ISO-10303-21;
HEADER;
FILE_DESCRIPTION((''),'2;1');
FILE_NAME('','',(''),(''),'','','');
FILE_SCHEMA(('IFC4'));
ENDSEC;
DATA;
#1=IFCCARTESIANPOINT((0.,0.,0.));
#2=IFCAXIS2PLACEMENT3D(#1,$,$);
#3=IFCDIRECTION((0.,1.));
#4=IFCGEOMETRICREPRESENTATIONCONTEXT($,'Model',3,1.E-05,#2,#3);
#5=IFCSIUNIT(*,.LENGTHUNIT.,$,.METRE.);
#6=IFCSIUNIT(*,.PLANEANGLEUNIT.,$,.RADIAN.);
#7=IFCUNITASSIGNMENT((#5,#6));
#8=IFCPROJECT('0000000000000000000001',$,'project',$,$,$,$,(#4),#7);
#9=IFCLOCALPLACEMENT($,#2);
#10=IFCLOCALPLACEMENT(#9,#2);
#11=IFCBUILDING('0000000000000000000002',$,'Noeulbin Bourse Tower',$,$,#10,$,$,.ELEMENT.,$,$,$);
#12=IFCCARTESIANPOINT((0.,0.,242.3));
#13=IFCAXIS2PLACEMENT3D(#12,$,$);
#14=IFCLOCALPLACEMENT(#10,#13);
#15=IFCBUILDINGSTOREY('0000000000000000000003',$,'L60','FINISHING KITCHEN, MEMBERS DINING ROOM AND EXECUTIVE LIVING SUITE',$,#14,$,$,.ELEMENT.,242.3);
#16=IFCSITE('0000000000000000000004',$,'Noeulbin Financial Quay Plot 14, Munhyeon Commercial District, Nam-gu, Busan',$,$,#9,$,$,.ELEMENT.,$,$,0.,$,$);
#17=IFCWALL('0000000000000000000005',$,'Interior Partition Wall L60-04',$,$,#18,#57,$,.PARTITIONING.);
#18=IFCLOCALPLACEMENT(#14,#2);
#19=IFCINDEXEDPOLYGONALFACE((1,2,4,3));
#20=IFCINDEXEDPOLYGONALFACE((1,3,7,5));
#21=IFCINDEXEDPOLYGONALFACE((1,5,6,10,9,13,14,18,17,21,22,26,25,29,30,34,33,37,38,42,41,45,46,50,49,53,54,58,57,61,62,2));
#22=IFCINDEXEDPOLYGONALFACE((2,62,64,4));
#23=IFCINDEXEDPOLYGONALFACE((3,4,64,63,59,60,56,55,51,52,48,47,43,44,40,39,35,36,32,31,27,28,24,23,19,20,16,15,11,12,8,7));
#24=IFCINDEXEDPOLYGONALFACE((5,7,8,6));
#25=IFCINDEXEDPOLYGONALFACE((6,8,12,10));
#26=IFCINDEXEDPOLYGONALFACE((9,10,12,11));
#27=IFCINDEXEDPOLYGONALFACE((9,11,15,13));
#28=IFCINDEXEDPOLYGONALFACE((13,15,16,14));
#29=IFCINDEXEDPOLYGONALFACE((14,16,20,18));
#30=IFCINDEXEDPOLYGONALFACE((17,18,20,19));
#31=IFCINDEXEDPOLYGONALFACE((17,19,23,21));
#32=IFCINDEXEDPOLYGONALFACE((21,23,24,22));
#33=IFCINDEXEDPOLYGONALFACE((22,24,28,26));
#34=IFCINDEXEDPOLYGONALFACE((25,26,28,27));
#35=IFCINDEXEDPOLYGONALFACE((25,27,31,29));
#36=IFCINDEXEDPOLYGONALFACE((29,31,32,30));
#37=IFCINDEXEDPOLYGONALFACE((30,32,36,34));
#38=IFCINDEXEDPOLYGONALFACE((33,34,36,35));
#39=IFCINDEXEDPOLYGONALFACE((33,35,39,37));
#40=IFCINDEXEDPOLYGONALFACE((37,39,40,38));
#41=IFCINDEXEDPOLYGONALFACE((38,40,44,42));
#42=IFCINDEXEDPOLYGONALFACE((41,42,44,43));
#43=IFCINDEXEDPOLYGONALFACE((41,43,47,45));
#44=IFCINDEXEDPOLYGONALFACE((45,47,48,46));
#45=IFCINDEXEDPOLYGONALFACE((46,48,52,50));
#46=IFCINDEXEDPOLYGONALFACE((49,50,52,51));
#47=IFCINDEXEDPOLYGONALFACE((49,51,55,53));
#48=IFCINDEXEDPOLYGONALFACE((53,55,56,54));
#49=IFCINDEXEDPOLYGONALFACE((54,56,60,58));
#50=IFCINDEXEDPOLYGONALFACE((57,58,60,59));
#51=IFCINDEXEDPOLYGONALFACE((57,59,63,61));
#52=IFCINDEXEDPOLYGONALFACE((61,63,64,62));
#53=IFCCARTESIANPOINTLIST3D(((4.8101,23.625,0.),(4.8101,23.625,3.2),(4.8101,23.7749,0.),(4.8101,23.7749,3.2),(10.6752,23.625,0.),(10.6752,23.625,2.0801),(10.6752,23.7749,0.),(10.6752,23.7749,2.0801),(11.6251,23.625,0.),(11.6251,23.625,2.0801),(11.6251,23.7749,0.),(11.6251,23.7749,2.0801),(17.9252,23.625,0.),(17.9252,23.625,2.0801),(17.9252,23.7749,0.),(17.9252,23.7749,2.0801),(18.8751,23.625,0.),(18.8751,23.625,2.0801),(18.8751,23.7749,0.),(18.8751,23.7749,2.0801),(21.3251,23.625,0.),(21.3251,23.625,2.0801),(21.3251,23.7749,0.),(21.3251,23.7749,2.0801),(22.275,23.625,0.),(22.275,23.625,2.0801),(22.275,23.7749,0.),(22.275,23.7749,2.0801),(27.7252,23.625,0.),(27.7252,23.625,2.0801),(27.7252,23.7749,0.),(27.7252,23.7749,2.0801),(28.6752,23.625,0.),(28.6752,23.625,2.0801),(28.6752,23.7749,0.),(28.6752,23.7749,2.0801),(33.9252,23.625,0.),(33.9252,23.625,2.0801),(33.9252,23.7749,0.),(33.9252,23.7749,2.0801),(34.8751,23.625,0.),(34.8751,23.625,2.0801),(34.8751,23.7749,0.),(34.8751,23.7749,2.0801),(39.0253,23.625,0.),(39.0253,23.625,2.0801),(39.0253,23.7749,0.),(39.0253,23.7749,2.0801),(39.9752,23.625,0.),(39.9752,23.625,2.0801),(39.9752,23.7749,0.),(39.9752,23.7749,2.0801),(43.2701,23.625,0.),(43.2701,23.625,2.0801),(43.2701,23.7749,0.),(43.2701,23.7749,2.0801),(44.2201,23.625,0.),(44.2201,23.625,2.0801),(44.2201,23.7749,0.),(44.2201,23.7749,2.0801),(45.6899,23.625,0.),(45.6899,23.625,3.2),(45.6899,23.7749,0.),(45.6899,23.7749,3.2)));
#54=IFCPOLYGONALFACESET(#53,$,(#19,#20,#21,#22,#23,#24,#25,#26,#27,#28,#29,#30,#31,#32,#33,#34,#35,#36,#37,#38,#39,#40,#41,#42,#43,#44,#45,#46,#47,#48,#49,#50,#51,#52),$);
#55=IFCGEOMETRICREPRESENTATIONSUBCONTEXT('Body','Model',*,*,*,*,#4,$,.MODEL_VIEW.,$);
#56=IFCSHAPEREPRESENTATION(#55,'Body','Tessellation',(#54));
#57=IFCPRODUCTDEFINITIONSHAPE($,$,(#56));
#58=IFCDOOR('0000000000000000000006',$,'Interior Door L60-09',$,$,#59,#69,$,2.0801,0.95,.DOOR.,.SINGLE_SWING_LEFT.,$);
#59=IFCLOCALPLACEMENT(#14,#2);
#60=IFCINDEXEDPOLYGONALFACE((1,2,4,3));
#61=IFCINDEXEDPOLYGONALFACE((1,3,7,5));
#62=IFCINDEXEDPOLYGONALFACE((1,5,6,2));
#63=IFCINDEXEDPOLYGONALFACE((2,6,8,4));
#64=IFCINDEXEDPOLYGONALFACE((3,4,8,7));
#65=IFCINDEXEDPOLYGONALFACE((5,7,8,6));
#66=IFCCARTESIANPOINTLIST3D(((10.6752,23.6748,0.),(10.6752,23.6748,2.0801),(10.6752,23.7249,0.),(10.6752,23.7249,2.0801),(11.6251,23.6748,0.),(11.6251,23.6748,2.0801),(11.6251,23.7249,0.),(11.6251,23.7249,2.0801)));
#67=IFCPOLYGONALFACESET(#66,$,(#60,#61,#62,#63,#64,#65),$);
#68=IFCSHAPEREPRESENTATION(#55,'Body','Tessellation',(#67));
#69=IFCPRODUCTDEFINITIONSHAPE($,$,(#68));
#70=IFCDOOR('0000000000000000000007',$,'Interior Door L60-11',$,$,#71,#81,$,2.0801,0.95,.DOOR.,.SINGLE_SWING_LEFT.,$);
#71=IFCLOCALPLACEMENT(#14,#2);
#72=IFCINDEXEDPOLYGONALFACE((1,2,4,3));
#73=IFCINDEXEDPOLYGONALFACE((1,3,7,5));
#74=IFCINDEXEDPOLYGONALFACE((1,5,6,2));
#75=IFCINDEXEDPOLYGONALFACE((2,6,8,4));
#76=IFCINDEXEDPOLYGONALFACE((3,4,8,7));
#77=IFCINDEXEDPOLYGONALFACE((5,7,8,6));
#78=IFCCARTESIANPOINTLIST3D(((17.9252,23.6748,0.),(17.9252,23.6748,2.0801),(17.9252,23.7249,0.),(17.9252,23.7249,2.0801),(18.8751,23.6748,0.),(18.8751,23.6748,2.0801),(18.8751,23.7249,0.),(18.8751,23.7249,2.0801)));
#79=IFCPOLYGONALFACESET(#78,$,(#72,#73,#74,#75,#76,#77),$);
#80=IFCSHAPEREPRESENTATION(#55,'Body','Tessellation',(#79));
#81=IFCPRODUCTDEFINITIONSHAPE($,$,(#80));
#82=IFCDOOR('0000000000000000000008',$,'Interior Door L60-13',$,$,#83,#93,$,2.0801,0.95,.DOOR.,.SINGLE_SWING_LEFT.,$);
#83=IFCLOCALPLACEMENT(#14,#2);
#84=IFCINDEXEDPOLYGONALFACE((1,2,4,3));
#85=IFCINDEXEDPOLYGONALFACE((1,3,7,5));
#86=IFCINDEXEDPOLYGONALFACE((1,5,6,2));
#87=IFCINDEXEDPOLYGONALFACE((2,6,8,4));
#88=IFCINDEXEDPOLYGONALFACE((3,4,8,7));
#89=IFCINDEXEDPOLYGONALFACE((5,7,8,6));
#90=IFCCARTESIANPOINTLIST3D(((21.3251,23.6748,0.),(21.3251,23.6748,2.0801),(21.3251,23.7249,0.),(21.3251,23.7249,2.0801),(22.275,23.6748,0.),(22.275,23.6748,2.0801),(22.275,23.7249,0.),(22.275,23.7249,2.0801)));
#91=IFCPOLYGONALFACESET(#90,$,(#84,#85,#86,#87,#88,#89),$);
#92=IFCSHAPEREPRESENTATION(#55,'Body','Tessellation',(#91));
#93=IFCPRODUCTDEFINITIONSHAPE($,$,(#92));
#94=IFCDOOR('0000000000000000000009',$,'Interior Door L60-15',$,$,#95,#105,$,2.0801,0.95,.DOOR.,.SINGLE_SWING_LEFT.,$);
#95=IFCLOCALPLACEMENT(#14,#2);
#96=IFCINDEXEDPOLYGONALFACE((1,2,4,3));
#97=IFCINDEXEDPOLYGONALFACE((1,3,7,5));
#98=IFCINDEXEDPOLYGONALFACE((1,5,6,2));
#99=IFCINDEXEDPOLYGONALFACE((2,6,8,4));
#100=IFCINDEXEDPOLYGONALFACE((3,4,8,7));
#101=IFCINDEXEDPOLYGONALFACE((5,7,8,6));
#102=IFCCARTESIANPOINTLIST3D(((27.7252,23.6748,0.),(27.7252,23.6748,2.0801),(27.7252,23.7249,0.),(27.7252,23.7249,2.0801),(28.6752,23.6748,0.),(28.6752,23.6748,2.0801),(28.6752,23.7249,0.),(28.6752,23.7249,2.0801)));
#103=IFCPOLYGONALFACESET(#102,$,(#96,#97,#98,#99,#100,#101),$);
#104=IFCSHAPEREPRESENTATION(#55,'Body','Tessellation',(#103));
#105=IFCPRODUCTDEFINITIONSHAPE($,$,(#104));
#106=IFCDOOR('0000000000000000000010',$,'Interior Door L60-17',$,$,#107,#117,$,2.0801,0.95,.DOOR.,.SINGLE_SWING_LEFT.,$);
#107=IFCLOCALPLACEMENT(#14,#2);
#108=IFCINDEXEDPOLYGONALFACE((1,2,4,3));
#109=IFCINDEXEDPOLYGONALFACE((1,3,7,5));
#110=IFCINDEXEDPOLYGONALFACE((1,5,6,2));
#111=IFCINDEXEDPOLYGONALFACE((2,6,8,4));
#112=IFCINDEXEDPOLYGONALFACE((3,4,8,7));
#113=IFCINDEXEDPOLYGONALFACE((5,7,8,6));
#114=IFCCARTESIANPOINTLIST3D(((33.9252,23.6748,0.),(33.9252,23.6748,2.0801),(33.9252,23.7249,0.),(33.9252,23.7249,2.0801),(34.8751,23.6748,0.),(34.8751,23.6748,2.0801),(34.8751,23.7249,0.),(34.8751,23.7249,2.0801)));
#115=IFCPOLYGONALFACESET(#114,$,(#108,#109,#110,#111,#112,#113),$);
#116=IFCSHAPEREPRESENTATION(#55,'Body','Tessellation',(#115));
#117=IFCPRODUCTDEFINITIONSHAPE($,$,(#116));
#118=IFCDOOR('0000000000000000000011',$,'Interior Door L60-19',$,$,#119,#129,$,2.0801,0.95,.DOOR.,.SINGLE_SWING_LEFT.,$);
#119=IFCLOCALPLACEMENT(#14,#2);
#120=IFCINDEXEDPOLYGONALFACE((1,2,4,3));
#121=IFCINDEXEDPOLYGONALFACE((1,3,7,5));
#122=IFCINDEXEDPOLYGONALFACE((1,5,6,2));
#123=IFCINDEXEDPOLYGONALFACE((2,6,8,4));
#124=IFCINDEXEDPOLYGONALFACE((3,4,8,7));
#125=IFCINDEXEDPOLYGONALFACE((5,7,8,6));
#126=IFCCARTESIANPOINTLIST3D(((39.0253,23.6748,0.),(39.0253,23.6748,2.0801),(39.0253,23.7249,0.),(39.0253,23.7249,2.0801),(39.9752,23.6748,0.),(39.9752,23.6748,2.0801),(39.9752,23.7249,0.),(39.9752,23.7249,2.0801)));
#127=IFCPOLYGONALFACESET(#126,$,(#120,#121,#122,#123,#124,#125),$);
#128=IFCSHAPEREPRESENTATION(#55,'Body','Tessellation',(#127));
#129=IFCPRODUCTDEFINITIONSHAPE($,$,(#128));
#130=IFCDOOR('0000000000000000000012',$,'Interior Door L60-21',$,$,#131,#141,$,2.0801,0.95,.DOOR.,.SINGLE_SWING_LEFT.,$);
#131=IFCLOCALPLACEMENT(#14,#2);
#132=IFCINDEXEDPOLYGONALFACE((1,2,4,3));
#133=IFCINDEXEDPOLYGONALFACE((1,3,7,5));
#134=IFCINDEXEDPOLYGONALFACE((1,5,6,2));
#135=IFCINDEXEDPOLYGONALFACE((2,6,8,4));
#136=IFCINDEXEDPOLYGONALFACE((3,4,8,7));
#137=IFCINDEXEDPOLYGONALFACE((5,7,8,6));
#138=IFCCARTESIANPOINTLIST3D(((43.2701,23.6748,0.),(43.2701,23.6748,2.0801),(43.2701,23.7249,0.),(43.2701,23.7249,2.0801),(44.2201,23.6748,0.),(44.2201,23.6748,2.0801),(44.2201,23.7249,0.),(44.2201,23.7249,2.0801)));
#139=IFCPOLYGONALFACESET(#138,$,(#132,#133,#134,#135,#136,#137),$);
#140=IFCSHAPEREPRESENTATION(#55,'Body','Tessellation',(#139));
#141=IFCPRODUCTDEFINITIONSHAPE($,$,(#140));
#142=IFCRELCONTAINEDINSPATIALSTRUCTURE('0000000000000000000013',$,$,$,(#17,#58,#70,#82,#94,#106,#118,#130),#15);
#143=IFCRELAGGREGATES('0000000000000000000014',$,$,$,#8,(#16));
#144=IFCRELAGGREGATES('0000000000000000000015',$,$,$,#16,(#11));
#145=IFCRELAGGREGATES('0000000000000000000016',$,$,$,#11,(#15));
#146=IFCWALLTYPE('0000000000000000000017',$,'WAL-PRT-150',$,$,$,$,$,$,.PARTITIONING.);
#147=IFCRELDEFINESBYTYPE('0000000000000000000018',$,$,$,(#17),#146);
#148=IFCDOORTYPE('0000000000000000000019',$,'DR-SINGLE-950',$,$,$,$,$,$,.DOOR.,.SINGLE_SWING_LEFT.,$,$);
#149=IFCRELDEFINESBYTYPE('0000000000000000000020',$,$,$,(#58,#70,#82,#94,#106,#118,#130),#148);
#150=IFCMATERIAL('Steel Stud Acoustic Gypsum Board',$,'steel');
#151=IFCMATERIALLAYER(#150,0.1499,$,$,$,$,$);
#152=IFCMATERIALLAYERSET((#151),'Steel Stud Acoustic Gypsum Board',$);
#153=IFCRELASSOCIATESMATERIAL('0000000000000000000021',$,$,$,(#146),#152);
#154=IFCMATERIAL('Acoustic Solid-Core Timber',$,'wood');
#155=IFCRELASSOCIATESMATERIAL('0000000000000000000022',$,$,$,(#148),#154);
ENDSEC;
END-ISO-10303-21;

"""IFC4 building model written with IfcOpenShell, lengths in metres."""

from ifc_helpers import new_model, si_unit, direction, frame, frame_2d, origin, place, context, subcontext, project, spatial, rectangle, extrude, material, layer, layer_set, type_object, element, fill, save


model = new_model("IFC4")

# Units and contexts
model_context = context("Model", 3, precision=1e-05, world=origin(), true_north=direction((0.0, 1.0)))
body_context = subcontext(model_context, "Body", "Model", "MODEL_VIEW")
ifc_project = project(units=[si_unit("LENGTHUNIT", "METRE"), si_unit("PLANEANGLEUNIT", "RADIAN")], contexts=[model_context])

# Site, building, storey
site_placement = place(None, origin())
site = spatial("IfcSite", under=ifc_project, at=site_placement, Name="Noeulbin Financial Quay Plot 14, Munhyeon Commercial District, Nam-gu, Busan", CompositionType="ELEMENT", RefElevation=0.0)
building_placement = place(site_placement, origin())
building = spatial("IfcBuilding", under=site, at=building_placement, Name="Noeulbin Bourse Tower", CompositionType="ELEMENT")
storey_placement = place(building_placement, frame((0.0, 0.0, 242.3)))
storey = spatial("IfcBuildingStorey", under=building, at=storey_placement, Name="L60", Description="FINISHING KITCHEN, MEMBERS DINING ROOM AND EXECUTIVE LIVING SUITE", CompositionType="ELEMENT", Elevation=242.3)

# Wall, openings, doors
ifc_material_1 = material(Name="Steel Stud Acoustic Gypsum Board", Category="steel")
ifc_layer_1 = layer(ifc_material_1, 0.1499)
ifc_layer_set_1 = layer_set([ifc_layer_1], Name="Steel Stud Acoustic Gypsum Board")
wall_type = type_object("IfcWallType", Name="WAL-PRT-150", PredefinedType="PARTITIONING", material=ifc_layer_set_1)
wall_placement = place(storey_placement, frame((4.8101, 23.7, 0.0), z_axis=(0.0, 0.0, 1.0), x_axis=(1.0, 0.0, 0.0)))
wall = element("IfcWall", 1, at=wall_placement, inside=storey, type_object=wall_type, Name="Interior Partition Wall L60-04", PredefinedType="PARTITIONING", context=body_context, shape_type="SweptSolid", body=[
    extrude(rectangle(XDim=40.8799, YDim=0.1499, at=frame_2d((20.4399, 0.0))), origin(), (0.0, 0.0, 1.0), 3.2),
])
opening_1_placement = place(wall_placement, frame((5.865, 0.0, 0.0)))
opening_1 = element("IfcOpeningElement", 2, at=opening_1_placement, cuts=wall, PredefinedType="OPENING", context=body_context, shape_type="SweptSolid", body=[
    extrude(rectangle(XDim=0.95, YDim=2.0801, at=frame_2d((0.4751, 1.04))), frame((0.0, 0.085, 0.0), z_axis=(0.0, -1.0, 0.0), x_axis=(1.0, 0.0, 0.0)), (0.0, 0.0, 1.0), 0.1699),
])
opening_2_placement = place(wall_placement, frame((13.115, 0.0, 0.0)))
opening_2 = element("IfcOpeningElement", 3, at=opening_2_placement, cuts=wall, PredefinedType="OPENING", context=body_context, shape_type="SweptSolid", body=[
    extrude(rectangle(XDim=0.95, YDim=2.0801, at=frame_2d((0.4751, 1.04))), frame((0.0, 0.085, 0.0), z_axis=(0.0, -1.0, 0.0), x_axis=(1.0, 0.0, 0.0)), (0.0, 0.0, 1.0), 0.1699),
])
opening_3_placement = place(wall_placement, frame((16.5149, 0.0, 0.0)))
opening_3 = element("IfcOpeningElement", 4, at=opening_3_placement, cuts=wall, PredefinedType="OPENING", context=body_context, shape_type="SweptSolid", body=[
    extrude(rectangle(XDim=0.95, YDim=2.0801, at=frame_2d((0.4751, 1.04))), frame((0.0, 0.085, 0.0), z_axis=(0.0, -1.0, 0.0), x_axis=(1.0, 0.0, 0.0)), (0.0, 0.0, 1.0), 0.1699),
])
opening_4_placement = place(wall_placement, frame((22.915, 0.0, 0.0)))
opening_4 = element("IfcOpeningElement", 5, at=opening_4_placement, cuts=wall, PredefinedType="OPENING", context=body_context, shape_type="SweptSolid", body=[
    extrude(rectangle(XDim=0.95, YDim=2.0801, at=frame_2d((0.4751, 1.04))), frame((0.0, 0.085, 0.0), z_axis=(0.0, -1.0, 0.0), x_axis=(1.0, 0.0, 0.0)), (0.0, 0.0, 1.0), 0.1699),
])
opening_5_placement = place(wall_placement, frame((29.115, 0.0, 0.0)))
opening_5 = element("IfcOpeningElement", 6, at=opening_5_placement, cuts=wall, PredefinedType="OPENING", context=body_context, shape_type="SweptSolid", body=[
    extrude(rectangle(XDim=0.95, YDim=2.0801, at=frame_2d((0.4751, 1.04))), frame((0.0, 0.085, 0.0), z_axis=(0.0, -1.0, 0.0), x_axis=(1.0, 0.0, 0.0)), (0.0, 0.0, 1.0), 0.1699),
])
opening_6_placement = place(wall_placement, frame((34.2151, 0.0, 0.0)))
opening_6 = element("IfcOpeningElement", 7, at=opening_6_placement, cuts=wall, PredefinedType="OPENING", context=body_context, shape_type="SweptSolid", body=[
    extrude(rectangle(XDim=0.95, YDim=2.0801, at=frame_2d((0.4751, 1.04))), frame((0.0, 0.085, 0.0), z_axis=(0.0, -1.0, 0.0), x_axis=(1.0, 0.0, 0.0)), (0.0, 0.0, 1.0), 0.1699),
])
opening_7_placement = place(wall_placement, frame((38.46, 0.0, 0.0)))
opening_7 = element("IfcOpeningElement", 8, at=opening_7_placement, cuts=wall, PredefinedType="OPENING", context=body_context, shape_type="SweptSolid", body=[
    extrude(rectangle(XDim=0.95, YDim=2.0801, at=frame_2d((0.4751, 1.04))), frame((0.0, 0.085, 0.0), z_axis=(0.0, -1.0, 0.0), x_axis=(1.0, 0.0, 0.0)), (0.0, 0.0, 1.0), 0.1699),
])
ifc_material_2 = material(Name="Acoustic Solid-Core Timber", Category="wood")
door_type = type_object("IfcDoorType", Name="DR-SINGLE-950", OperationType="SINGLE_SWING_LEFT", PredefinedType="DOOR", material=ifc_material_2)
door_1_placement = place(opening_1_placement, origin())
door_1 = element("IfcDoor", 9, at=door_1_placement, inside=storey, type_object=door_type, Name="Interior Door L60-09", OperationType="SINGLE_SWING_LEFT", OverallHeight=2.0801, OverallWidth=0.95, PredefinedType="DOOR", context=body_context, shape_type="SweptSolid", body=[
    extrude(rectangle(XDim=0.95, YDim=2.0801, at=frame_2d((0.4751, 1.04))), frame((0.0, 0.0249, 0.0), z_axis=(0.0, -1.0, 0.0), x_axis=(1.0, 0.0, 0.0)), (0.0, 0.0, 1.0), 0.05),
])
fill(opening_1, door_1)
door_2_placement = place(opening_2_placement, origin())
door_2 = element("IfcDoor", 10, at=door_2_placement, inside=storey, type_object=door_type, Name="Interior Door L60-11", OperationType="SINGLE_SWING_LEFT", OverallHeight=2.0801, OverallWidth=0.95, PredefinedType="DOOR", context=body_context, shape_type="SweptSolid", body=[
    extrude(rectangle(XDim=0.95, YDim=2.0801, at=frame_2d((0.4751, 1.04))), frame((0.0, 0.0249, 0.0), z_axis=(0.0, -1.0, 0.0), x_axis=(1.0, 0.0, 0.0)), (0.0, 0.0, 1.0), 0.05),
])
fill(opening_2, door_2)
door_3_placement = place(opening_3_placement, origin())
door_3 = element("IfcDoor", 11, at=door_3_placement, inside=storey, type_object=door_type, Name="Interior Door L60-13", OperationType="SINGLE_SWING_LEFT", OverallHeight=2.0801, OverallWidth=0.95, PredefinedType="DOOR", context=body_context, shape_type="SweptSolid", body=[
    extrude(rectangle(XDim=0.95, YDim=2.0801, at=frame_2d((0.4751, 1.04))), frame((0.0, 0.0249, 0.0), z_axis=(0.0, -1.0, 0.0), x_axis=(1.0, 0.0, 0.0)), (0.0, 0.0, 1.0), 0.05),
])
fill(opening_3, door_3)
door_4_placement = place(opening_4_placement, origin())
door_4 = element("IfcDoor", 12, at=door_4_placement, inside=storey, type_object=door_type, Name="Interior Door L60-15", OperationType="SINGLE_SWING_LEFT", OverallHeight=2.0801, OverallWidth=0.95, PredefinedType="DOOR", context=body_context, shape_type="SweptSolid", body=[
    extrude(rectangle(XDim=0.95, YDim=2.0801, at=frame_2d((0.4751, 1.04))), frame((0.0, 0.0249, 0.0), z_axis=(0.0, -1.0, 0.0), x_axis=(1.0, 0.0, 0.0)), (0.0, 0.0, 1.0), 0.05),
])
fill(opening_4, door_4)
door_5_placement = place(opening_5_placement, origin())
door_5 = element("IfcDoor", 13, at=door_5_placement, inside=storey, type_object=door_type, Name="Interior Door L60-17", OperationType="SINGLE_SWING_LEFT", OverallHeight=2.0801, OverallWidth=0.95, PredefinedType="DOOR", context=body_context, shape_type="SweptSolid", body=[
    extrude(rectangle(XDim=0.95, YDim=2.0801, at=frame_2d((0.4751, 1.04))), frame((0.0, 0.0249, 0.0), z_axis=(0.0, -1.0, 0.0), x_axis=(1.0, 0.0, 0.0)), (0.0, 0.0, 1.0), 0.05),
])
fill(opening_5, door_5)
door_6_placement = place(opening_6_placement, origin())
door_6 = element("IfcDoor", 14, at=door_6_placement, inside=storey, type_object=door_type, Name="Interior Door L60-19", OperationType="SINGLE_SWING_LEFT", OverallHeight=2.0801, OverallWidth=0.95, PredefinedType="DOOR", context=body_context, shape_type="SweptSolid", body=[
    extrude(rectangle(XDim=0.95, YDim=2.0801, at=frame_2d((0.4751, 1.04))), frame((0.0, 0.0249, 0.0), z_axis=(0.0, -1.0, 0.0), x_axis=(1.0, 0.0, 0.0)), (0.0, 0.0, 1.0), 0.05),
])
fill(opening_6, door_6)
door_7_placement = place(opening_7_placement, origin())
door_7 = element("IfcDoor", 15, at=door_7_placement, inside=storey, type_object=door_type, Name="Interior Door L60-21", OperationType="SINGLE_SWING_LEFT", OverallHeight=2.0801, OverallWidth=0.95, PredefinedType="DOOR", context=body_context, shape_type="SweptSolid", body=[
    extrude(rectangle(XDim=0.95, YDim=2.0801, at=frame_2d((0.4751, 1.04))), frame((0.0, 0.0249, 0.0), z_axis=(0.0, -1.0, 0.0), x_axis=(1.0, 0.0, 0.0)), (0.0, 0.0, 1.0), 0.05),
])
fill(opening_7, door_7)

save(model, "model.ifc")
